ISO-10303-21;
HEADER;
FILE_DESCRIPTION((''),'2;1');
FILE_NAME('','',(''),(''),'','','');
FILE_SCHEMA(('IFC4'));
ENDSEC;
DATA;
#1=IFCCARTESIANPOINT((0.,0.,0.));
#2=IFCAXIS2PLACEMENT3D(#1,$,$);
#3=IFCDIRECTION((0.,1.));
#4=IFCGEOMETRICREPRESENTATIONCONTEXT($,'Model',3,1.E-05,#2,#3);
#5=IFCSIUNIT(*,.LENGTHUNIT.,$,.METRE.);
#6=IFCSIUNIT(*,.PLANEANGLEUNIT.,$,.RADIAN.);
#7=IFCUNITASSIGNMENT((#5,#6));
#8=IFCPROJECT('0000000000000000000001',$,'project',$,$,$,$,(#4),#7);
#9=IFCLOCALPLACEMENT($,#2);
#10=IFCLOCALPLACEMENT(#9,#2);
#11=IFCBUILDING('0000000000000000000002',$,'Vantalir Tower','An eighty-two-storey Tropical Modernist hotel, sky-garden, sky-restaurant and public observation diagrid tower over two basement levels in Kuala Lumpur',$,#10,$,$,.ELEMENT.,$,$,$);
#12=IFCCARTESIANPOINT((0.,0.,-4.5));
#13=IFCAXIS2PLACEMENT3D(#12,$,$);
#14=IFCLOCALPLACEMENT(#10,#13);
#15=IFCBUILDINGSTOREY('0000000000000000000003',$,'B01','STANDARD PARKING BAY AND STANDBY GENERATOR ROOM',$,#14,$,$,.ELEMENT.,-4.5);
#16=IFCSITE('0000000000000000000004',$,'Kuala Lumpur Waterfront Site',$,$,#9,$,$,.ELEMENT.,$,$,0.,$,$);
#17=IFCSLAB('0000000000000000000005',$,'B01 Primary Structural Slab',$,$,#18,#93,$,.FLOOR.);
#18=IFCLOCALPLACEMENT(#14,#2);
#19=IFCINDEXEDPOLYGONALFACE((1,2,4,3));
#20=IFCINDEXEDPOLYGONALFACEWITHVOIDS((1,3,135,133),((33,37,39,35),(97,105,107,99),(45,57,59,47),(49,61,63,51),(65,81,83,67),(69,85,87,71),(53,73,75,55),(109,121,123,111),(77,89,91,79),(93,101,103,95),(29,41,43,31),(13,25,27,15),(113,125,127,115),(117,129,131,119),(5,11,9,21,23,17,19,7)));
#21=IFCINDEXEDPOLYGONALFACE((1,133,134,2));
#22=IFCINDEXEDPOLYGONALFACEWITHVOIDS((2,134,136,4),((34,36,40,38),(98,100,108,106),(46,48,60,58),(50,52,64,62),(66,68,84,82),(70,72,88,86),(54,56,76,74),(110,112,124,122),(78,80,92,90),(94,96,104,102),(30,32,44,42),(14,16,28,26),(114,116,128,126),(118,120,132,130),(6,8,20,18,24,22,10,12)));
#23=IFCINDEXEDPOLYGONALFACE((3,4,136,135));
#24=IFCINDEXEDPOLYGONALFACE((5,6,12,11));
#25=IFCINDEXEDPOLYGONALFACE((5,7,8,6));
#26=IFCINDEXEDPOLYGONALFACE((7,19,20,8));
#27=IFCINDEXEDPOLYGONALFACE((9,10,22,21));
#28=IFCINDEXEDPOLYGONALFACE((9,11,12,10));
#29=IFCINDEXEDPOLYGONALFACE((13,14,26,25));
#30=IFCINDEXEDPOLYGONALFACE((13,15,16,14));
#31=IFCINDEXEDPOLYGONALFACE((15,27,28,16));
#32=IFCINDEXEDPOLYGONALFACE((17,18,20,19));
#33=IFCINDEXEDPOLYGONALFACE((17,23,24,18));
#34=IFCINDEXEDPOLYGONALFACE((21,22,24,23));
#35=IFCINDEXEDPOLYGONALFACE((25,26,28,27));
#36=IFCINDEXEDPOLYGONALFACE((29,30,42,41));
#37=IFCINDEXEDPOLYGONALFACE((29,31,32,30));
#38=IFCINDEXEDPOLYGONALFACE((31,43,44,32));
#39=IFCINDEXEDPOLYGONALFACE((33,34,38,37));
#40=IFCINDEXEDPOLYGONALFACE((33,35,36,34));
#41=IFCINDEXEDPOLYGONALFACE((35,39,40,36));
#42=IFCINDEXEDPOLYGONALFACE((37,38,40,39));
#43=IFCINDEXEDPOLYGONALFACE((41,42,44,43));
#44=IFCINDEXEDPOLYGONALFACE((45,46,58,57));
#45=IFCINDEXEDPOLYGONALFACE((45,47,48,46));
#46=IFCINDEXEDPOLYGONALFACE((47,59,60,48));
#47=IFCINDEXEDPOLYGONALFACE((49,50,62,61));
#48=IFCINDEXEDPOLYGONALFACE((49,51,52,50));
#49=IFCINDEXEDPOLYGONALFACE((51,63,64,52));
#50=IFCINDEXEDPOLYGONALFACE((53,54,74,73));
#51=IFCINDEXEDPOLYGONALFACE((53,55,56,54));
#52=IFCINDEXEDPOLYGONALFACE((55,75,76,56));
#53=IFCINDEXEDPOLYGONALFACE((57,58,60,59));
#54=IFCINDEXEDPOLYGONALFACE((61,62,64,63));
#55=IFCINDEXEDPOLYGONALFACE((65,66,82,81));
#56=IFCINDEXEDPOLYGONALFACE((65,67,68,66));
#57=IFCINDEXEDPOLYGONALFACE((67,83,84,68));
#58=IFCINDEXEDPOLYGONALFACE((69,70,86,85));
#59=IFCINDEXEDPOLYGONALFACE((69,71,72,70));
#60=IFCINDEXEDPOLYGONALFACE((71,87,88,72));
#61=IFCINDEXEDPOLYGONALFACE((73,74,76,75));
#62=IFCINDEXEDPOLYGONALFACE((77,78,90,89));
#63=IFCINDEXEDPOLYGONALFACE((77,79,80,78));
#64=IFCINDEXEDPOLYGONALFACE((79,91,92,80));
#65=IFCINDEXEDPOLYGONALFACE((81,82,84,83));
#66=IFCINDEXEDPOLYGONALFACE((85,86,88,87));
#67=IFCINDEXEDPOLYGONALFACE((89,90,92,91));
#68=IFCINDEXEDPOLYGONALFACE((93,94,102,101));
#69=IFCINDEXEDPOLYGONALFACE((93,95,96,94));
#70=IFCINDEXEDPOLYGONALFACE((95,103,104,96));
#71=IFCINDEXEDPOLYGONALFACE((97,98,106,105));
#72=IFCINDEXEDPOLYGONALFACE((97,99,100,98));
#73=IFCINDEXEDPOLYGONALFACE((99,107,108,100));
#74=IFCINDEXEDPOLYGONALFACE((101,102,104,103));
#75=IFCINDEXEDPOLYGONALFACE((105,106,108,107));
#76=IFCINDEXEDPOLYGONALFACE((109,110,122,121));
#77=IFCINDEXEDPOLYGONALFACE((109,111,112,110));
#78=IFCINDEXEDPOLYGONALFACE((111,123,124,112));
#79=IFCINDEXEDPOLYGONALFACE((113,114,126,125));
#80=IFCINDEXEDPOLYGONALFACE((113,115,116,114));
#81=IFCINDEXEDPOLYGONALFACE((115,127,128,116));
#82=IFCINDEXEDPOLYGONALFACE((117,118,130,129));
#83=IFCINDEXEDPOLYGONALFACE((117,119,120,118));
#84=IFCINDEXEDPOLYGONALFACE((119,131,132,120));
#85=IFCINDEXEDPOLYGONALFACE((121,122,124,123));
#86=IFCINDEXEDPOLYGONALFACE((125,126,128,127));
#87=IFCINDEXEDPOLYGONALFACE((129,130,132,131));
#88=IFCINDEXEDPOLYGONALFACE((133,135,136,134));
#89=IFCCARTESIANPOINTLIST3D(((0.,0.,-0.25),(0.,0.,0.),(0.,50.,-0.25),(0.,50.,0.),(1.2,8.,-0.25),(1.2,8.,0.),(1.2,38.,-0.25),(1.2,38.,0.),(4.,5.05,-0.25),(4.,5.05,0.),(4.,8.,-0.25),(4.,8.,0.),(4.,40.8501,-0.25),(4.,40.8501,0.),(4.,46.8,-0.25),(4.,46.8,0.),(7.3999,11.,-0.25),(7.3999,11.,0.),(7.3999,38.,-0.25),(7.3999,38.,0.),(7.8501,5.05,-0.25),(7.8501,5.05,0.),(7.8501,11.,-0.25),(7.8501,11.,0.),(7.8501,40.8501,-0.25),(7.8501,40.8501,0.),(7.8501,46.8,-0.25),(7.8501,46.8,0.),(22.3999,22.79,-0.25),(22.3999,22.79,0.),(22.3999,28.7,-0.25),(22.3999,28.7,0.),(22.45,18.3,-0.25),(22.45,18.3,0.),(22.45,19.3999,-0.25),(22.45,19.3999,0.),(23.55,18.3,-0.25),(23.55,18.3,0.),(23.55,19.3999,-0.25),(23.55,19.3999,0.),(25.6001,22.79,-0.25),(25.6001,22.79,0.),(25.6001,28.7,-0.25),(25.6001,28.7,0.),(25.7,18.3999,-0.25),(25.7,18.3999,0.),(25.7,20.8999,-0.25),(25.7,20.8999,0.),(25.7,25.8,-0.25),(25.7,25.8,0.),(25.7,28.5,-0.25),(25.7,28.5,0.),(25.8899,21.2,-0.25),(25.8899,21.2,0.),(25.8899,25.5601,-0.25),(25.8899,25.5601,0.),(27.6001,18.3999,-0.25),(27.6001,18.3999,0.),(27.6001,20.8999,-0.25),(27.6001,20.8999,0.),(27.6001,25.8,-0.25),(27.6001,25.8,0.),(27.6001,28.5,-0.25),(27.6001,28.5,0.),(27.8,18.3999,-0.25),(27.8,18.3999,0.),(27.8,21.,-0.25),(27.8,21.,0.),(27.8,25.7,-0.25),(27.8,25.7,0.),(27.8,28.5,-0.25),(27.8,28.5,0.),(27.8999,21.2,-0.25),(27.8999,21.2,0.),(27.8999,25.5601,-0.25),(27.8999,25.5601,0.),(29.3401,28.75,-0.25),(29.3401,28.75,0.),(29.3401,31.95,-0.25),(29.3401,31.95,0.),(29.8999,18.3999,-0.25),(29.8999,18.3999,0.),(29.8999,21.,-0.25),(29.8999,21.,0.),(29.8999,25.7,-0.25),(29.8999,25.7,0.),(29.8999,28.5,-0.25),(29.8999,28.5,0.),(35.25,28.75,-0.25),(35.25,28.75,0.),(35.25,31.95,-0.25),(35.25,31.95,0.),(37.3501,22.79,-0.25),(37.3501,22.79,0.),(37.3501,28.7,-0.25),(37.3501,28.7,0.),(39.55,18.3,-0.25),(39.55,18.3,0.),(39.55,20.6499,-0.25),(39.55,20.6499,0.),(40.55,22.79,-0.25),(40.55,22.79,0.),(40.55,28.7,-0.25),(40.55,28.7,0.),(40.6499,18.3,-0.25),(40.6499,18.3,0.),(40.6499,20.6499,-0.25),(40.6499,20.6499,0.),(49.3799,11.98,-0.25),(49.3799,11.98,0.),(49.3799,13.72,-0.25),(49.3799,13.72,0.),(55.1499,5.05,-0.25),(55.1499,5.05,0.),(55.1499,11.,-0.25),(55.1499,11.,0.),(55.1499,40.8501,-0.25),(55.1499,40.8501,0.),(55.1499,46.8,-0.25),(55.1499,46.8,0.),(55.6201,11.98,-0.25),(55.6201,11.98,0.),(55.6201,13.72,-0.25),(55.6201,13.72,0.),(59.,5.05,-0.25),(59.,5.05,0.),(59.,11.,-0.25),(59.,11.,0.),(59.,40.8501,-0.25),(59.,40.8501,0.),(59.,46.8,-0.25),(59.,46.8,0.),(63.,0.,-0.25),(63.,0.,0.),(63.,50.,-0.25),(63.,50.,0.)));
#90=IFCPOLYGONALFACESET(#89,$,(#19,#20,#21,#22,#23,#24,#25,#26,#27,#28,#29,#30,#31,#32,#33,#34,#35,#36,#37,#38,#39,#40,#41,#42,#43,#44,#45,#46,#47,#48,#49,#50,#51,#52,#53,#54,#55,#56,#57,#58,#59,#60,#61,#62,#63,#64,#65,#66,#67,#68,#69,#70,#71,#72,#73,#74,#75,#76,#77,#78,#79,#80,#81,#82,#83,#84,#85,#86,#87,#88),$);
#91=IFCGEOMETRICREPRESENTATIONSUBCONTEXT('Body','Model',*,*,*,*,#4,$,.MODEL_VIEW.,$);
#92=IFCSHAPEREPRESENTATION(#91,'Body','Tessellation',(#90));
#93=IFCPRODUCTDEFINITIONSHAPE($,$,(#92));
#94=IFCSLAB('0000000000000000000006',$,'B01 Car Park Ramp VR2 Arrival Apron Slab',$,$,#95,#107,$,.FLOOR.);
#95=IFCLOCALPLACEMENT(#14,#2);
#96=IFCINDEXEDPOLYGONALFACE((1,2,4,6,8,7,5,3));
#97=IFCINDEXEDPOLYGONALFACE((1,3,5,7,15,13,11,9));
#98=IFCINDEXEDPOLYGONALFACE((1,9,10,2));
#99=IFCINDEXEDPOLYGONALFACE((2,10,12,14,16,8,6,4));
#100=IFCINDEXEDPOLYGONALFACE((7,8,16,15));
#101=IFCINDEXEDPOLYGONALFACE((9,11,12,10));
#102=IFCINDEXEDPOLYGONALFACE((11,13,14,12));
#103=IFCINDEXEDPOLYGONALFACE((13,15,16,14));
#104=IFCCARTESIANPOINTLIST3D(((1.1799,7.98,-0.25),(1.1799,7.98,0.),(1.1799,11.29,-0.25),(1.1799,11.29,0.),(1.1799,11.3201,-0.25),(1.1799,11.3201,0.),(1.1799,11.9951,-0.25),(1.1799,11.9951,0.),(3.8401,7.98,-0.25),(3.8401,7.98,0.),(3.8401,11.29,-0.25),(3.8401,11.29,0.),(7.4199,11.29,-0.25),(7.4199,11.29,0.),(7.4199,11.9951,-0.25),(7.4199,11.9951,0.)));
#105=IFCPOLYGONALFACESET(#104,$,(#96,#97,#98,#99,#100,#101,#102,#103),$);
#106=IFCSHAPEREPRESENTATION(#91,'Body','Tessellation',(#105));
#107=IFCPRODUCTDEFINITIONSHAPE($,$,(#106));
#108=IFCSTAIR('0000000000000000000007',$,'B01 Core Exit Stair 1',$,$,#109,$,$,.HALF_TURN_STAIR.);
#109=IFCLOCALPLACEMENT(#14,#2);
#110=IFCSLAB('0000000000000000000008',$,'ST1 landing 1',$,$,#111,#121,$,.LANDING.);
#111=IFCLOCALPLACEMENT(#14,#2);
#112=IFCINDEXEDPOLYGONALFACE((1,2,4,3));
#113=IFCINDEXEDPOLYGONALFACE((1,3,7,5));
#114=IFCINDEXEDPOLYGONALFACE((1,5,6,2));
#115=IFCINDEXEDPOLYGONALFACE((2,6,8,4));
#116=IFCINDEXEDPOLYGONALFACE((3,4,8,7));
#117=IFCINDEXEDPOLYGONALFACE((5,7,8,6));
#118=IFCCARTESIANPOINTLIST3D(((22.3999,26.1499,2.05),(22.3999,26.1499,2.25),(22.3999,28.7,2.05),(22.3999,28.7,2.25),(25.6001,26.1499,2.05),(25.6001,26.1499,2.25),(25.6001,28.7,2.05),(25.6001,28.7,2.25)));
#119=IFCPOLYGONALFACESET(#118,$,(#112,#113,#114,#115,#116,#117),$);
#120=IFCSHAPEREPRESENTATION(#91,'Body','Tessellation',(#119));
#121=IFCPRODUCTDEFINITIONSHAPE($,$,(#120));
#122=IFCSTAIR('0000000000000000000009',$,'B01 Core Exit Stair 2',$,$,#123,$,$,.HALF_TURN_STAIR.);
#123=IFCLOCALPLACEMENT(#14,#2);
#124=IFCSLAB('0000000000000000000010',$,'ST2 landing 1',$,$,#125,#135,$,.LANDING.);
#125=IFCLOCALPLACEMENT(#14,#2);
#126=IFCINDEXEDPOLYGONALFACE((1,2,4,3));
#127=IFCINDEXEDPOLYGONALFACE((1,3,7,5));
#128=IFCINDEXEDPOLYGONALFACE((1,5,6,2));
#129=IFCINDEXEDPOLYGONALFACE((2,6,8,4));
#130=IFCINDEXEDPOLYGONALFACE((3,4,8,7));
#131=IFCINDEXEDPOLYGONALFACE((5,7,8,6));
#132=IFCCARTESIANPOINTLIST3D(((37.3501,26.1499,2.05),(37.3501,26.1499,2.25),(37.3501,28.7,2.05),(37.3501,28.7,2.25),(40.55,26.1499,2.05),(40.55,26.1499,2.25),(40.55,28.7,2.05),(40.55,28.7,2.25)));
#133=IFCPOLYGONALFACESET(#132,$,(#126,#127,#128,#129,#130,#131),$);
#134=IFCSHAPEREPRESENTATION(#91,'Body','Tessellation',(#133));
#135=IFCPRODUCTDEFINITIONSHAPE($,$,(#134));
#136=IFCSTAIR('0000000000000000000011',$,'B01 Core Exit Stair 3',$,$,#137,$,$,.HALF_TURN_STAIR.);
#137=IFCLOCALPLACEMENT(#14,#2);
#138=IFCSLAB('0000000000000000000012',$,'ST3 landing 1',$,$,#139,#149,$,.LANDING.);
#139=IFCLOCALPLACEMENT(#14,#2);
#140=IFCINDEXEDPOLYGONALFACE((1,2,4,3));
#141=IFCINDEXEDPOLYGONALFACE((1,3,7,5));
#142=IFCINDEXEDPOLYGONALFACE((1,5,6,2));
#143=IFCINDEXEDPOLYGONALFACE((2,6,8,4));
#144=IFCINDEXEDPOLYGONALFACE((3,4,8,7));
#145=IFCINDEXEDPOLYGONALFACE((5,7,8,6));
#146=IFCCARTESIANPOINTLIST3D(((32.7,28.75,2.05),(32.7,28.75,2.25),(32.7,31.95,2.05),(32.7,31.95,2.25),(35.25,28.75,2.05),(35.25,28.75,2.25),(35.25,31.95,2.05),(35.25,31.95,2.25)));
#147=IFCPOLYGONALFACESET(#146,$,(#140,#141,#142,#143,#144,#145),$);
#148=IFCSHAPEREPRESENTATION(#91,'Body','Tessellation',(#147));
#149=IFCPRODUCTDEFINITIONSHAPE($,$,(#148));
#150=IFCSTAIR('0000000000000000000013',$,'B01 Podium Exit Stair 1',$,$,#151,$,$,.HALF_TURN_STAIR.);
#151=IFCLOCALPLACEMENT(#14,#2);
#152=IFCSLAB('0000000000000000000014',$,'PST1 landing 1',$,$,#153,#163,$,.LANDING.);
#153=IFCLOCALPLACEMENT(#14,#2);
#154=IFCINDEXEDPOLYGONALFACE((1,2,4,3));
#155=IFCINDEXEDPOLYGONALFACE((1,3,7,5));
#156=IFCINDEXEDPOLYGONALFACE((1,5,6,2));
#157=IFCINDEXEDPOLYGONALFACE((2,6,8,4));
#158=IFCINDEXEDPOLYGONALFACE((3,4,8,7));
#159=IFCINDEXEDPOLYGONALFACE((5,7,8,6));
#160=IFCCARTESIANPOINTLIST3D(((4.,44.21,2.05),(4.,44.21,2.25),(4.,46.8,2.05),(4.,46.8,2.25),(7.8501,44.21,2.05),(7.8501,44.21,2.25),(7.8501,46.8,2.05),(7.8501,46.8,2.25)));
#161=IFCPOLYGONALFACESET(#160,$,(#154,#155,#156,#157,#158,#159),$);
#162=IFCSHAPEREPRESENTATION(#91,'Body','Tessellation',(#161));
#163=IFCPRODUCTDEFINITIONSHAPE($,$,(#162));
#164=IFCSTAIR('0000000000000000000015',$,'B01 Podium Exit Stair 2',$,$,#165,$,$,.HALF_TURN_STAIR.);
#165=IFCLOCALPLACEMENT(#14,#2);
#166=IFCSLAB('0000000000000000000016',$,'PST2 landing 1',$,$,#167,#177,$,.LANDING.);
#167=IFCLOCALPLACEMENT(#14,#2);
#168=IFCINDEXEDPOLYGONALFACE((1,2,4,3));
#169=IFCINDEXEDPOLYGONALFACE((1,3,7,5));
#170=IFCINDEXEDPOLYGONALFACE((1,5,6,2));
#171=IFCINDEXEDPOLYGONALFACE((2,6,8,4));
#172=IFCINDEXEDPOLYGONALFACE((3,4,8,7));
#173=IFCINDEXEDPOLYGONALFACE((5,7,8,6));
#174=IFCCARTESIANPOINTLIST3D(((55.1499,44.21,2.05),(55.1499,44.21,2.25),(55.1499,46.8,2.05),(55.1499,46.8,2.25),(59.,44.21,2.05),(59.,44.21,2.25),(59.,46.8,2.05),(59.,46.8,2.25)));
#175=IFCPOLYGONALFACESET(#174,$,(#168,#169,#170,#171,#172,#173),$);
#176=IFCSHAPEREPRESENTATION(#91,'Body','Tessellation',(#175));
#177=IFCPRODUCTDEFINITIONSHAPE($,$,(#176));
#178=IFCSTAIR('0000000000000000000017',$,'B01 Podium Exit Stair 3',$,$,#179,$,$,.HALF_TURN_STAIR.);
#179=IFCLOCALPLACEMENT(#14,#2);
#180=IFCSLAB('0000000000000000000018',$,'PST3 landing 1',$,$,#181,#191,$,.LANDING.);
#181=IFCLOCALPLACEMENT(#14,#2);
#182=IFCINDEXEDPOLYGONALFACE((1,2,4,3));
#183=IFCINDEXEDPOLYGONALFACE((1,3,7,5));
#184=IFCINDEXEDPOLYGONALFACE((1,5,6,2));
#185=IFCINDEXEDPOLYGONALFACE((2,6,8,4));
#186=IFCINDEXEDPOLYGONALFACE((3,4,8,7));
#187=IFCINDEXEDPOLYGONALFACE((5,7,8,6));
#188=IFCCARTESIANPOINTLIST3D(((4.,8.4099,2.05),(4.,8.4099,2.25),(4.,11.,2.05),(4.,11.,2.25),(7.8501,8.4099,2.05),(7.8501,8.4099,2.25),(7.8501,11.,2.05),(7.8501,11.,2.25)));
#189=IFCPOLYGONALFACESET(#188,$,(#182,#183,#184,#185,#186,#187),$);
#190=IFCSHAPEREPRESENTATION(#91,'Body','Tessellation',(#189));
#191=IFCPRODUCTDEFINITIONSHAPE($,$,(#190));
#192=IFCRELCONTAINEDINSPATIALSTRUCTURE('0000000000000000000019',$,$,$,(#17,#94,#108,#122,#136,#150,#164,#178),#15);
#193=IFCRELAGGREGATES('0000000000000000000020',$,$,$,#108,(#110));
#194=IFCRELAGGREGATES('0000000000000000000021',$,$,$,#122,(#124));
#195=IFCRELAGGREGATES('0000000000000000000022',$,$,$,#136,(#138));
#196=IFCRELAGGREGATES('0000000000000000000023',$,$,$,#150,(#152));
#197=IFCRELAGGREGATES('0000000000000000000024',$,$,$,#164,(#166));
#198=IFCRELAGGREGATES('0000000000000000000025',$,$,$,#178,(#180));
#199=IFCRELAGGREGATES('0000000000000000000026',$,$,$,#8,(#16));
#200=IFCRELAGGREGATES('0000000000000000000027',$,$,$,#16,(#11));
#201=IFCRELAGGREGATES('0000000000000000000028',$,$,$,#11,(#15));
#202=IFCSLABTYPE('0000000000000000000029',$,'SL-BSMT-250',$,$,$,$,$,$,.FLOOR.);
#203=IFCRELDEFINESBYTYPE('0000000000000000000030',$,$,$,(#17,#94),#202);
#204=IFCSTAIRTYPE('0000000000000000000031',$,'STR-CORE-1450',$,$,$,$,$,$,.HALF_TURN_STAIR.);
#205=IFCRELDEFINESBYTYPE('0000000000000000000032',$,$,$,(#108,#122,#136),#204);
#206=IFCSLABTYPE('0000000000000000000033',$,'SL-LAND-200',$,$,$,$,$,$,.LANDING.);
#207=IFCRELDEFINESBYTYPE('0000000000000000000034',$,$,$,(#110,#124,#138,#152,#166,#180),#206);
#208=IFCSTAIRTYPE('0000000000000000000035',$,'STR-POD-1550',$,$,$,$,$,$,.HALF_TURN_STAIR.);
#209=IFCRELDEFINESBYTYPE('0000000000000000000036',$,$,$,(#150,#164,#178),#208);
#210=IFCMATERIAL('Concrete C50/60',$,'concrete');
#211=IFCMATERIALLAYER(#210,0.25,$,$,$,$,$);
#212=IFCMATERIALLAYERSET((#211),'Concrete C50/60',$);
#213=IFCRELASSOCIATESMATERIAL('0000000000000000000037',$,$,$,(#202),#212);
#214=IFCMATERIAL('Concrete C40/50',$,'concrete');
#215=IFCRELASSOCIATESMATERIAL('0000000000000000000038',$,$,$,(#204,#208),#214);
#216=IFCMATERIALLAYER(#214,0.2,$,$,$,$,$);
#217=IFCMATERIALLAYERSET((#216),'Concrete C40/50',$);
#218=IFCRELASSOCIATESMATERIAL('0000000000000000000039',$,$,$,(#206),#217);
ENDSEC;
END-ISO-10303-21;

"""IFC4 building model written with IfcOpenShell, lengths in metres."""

from ifc_helpers import new_model, si_unit, direction, frame, origin, place, context, subcontext, project, spatial, polyline, outline, extrude, material, layer, layer_set, type_object, element, aggregate, save


model = new_model("IFC4")

# Units and contexts
model_context = context("Model", 3, precision=1e-05, world=origin(), true_north=direction((0.0, 1.0)))
body_context = subcontext(model_context, "Body", "Model", "MODEL_VIEW")
ifc_project = project(units=[si_unit("LENGTHUNIT", "METRE"), si_unit("PLANEANGLEUNIT", "RADIAN")], contexts=[model_context])

# Site, building, storey
site_placement = place(None, origin())
site = spatial("IfcSite", under=ifc_project, at=site_placement, Name="Kuala Lumpur Waterfront Site", CompositionType="ELEMENT", RefElevation=0.0)
building_placement = place(site_placement, origin())
building = spatial("IfcBuilding", under=site, at=building_placement, Name="Vantalir Tower", Description="An eighty-two-storey Tropical Modernist hotel, sky-garden, sky-restaurant and public observation diagrid tower over two basement levels in Kuala Lumpur", CompositionType="ELEMENT")
storey_placement = place(building_placement, frame((0.0, 0.0, -4.5)))
storey = spatial("IfcBuildingStorey", under=building, at=storey_placement, Name="B01", Description="STANDARD PARKING BAY AND STANDBY GENERATOR ROOM", CompositionType="ELEMENT", Elevation=-4.5)

# Shared definitions
ifc_material_1 = material(Name="Concrete C50/60", Category="concrete")

# Slabs
ifc_layer_1 = layer(ifc_material_1, 0.25)
ifc_layer_set_1 = layer_set([ifc_layer_1], Name="Concrete C50/60")
slab_type_1 = type_object("IfcSlabType", Name="SL-BSMT-250", PredefinedType="FLOOR", material=ifc_layer_set_1)
slab_1_placement = place(storey_placement, frame((0.0, 0.0, -0.25)))
element("IfcSlab", 1, at=slab_1_placement, inside=storey, type_object=slab_type_1, Name="B01 Primary Structural Slab", PredefinedType="FLOOR", context=body_context, shape_type="SweptSolid", body=[
    extrude(outline(polyline([(63.0, 0.0), (63.0, 50.0), (0.0, 50.0), (0.0, 0.0), (63.0, 0.0)]), holes=[polyline([(22.3999, 22.79), (22.3999, 28.7), (25.6001, 28.7), (25.6001, 22.79), (22.3999, 22.79)]), polyline([(37.3501, 28.7), (40.55, 28.7), (40.55, 22.79), (37.3501, 22.79), (37.3501, 28.7)]), polyline([(35.25, 28.75), (29.3401, 28.75), (29.3401, 31.95), (35.25, 31.95), (35.25, 28.75)]), polyline([(7.8501, 40.8501), (4.0, 40.8501), (4.0, 46.8), (7.8501, 46.8), (7.8501, 40.8501)]), polyline([(55.1499, 40.8501), (55.1499, 46.8), (59.0, 46.8), (59.0, 40.8501), (55.1499, 40.8501)]), polyline([(7.3999, 11.0), (7.8501, 11.0), (7.8501, 5.05), (4.0, 5.05), (4.0, 8.0), (1.2, 8.0), (1.2, 38.0), (7.3999, 38.0), (7.3999, 11.0)]), polyline([(59.0, 11.0), (59.0, 5.05), (55.1499, 5.05), (55.1499, 11.0), (59.0, 11.0)]), polyline([(27.6001, 18.3999), (25.7, 18.3999), (25.7, 20.8999), (27.6001, 20.8999), (27.6001, 18.3999)]), polyline([(25.7, 25.8), (25.7, 28.5), (27.6001, 28.5), (27.6001, 25.8), (25.7, 25.8)]), polyline([(27.8, 21.0), (29.8999, 21.0), (29.8999, 18.3999), (27.8, 18.3999), (27.8, 21.0)]), polyline([(29.8999, 28.5), (29.8999, 25.7), (27.8, 25.7), (27.8, 28.5), (29.8999, 28.5)]), polyline([(27.8999, 21.2), (25.8899, 21.2), (25.8899, 25.5601), (27.8999, 25.5601), (27.8999, 21.2)]), polyline([(49.3799, 13.72), (55.6201, 13.72), (55.6201, 11.98), (49.3799, 11.98), (49.3799, 13.72)]), polyline([(23.55, 19.3999), (23.55, 18.3), (22.45, 18.3), (22.45, 19.3999), (23.55, 19.3999)]), polyline([(40.6499, 18.3), (39.55, 18.3), (39.55, 20.6499), (40.6499, 20.6499), (40.6499, 18.3)])]), origin(), (0.0, 0.0, 1.0), 0.25),
])
slab_2_placement = place(storey_placement, frame((0.0, 0.0, -0.25)))
element("IfcSlab", 2, at=slab_2_placement, inside=storey, type_object=slab_type_1, Name="B01 Car Park Ramp VR2 Arrival Apron Slab", PredefinedType="FLOOR", context=body_context, shape_type="SweptSolid", body=[
    extrude(outline(polyline([(3.8401, 11.29), (7.4199, 11.29), (7.4199, 11.9951), (1.1799, 11.9951), (1.1799, 11.3201), (1.1799, 11.29), (1.1799, 7.98), (3.8401, 7.98), (3.8401, 11.29)])), origin(), (0.0, 0.0, 1.0), 0.25),
])

# Stairs, slabs
ifc_material_2 = material(Name="Concrete C40/50", Category="concrete")
stair_type_1 = type_object("IfcStairType", Name="STR-CORE-1450", PredefinedType="HALF_TURN_STAIR", material=ifc_material_2)
stair_1_placement = place(storey_placement, origin())
stair_1 = element("IfcStair", 3, at=stair_1_placement, inside=storey, type_object=stair_type_1, Name="B01 Core Exit Stair 1", PredefinedType="HALF_TURN_STAIR")
ifc_layer_2 = layer(ifc_material_2, 0.2)
ifc_layer_set_2 = layer_set([ifc_layer_2], Name="Concrete C40/50")
slab_type_2 = type_object("IfcSlabType", Name="SL-LAND-200", PredefinedType="LANDING", material=ifc_layer_set_2)
slab_3_placement = place(storey_placement, frame((0.0, 0.0, 2.05)))
slab_3 = element("IfcSlab", 4, at=slab_3_placement, type_object=slab_type_2, Name="ST1 landing 1", PredefinedType="LANDING", context=body_context, shape_type="SweptSolid", body=[
    extrude(outline(polyline([(25.6001, 26.1499), (25.6001, 28.7), (22.3999, 28.7), (22.3999, 26.1499), (25.6001, 26.1499)])), origin(), (0.0, 0.0, 1.0), 0.2),
])
aggregate(stair_1, [slab_3])
stair_2_placement = place(storey_placement, origin())
stair_2 = element("IfcStair", 5, at=stair_2_placement, inside=storey, type_object=stair_type_1, Name="B01 Core Exit Stair 2", PredefinedType="HALF_TURN_STAIR")
slab_4_placement = place(storey_placement, frame((0.0, 0.0, 2.05)))
slab_4 = element("IfcSlab", 6, at=slab_4_placement, type_object=slab_type_2, Name="ST2 landing 1", PredefinedType="LANDING", context=body_context, shape_type="SweptSolid", body=[
    extrude(outline(polyline([(40.55, 26.1499), (40.55, 28.7), (37.3501, 28.7), (37.3501, 26.1499), (40.55, 26.1499)])), origin(), (0.0, 0.0, 1.0), 0.2),
])
aggregate(stair_2, [slab_4])
stair_3_placement = place(storey_placement, origin())
stair_3 = element("IfcStair", 7, at=stair_3_placement, inside=storey, type_object=stair_type_1, Name="B01 Core Exit Stair 3", PredefinedType="HALF_TURN_STAIR")
slab_5_placement = place(storey_placement, frame((0.0, 0.0, 2.05)))
slab_5 = element("IfcSlab", 8, at=slab_5_placement, type_object=slab_type_2, Name="ST3 landing 1", PredefinedType="LANDING", context=body_context, shape_type="SweptSolid", body=[
    extrude(outline(polyline([(32.7, 28.75), (35.25, 28.75), (35.25, 31.95), (32.7, 31.95), (32.7, 28.75)])), origin(), (0.0, 0.0, 1.0), 0.2),
])
aggregate(stair_3, [slab_5])
stair_type_2 = type_object("IfcStairType", Name="STR-POD-1550", PredefinedType="HALF_TURN_STAIR", material=ifc_material_2)
stair_4_placement = place(storey_placement, origin())
stair_4 = element("IfcStair", 9, at=stair_4_placement, inside=storey, type_object=stair_type_2, Name="B01 Podium Exit Stair 1", PredefinedType="HALF_TURN_STAIR")
slab_6_placement = place(storey_placement, frame((0.0, 0.0, 2.05)))
slab_6 = element("IfcSlab", 10, at=slab_6_placement, type_object=slab_type_2, Name="PST1 landing 1", PredefinedType="LANDING", context=body_context, shape_type="SweptSolid", body=[
    extrude(outline(polyline([(7.8501, 44.21), (7.8501, 46.8), (4.0, 46.8), (4.0, 44.21), (7.8501, 44.21)])), origin(), (0.0, 0.0, 1.0), 0.2),
])
aggregate(stair_4, [slab_6])
stair_5_placement = place(storey_placement, origin())
stair_5 = element("IfcStair", 11, at=stair_5_placement, inside=storey, type_object=stair_type_2, Name="B01 Podium Exit Stair 2", PredefinedType="HALF_TURN_STAIR")
slab_7_placement = place(storey_placement, frame((0.0, 0.0, 2.05)))
slab_7 = element("IfcSlab", 12, at=slab_7_placement, type_object=slab_type_2, Name="PST2 landing 1", PredefinedType="LANDING", context=body_context, shape_type="SweptSolid", body=[
    extrude(outline(polyline([(59.0, 44.21), (59.0, 46.8), (55.1499, 46.8), (55.1499, 44.21), (59.0, 44.21)])), origin(), (0.0, 0.0, 1.0), 0.2),
])
aggregate(stair_5, [slab_7])
stair_6_placement = place(storey_placement, origin())
stair_6 = element("IfcStair", 13, at=stair_6_placement, inside=storey, type_object=stair_type_2, Name="B01 Podium Exit Stair 3", PredefinedType="HALF_TURN_STAIR")
slab_8_placement = place(storey_placement, frame((0.0, 0.0, 2.05)))
slab_8 = element("IfcSlab", 14, at=slab_8_placement, type_object=slab_type_2, Name="PST3 landing 1", PredefinedType="LANDING", context=body_context, shape_type="SweptSolid", body=[
    extrude(outline(polyline([(7.8501, 8.4099), (7.8501, 11.0), (4.0, 11.0), (4.0, 8.4099), (7.8501, 8.4099)])), origin(), (0.0, 0.0, 1.0), 0.2),
])
aggregate(stair_6, [slab_8])

save(model, "model.ifc")
